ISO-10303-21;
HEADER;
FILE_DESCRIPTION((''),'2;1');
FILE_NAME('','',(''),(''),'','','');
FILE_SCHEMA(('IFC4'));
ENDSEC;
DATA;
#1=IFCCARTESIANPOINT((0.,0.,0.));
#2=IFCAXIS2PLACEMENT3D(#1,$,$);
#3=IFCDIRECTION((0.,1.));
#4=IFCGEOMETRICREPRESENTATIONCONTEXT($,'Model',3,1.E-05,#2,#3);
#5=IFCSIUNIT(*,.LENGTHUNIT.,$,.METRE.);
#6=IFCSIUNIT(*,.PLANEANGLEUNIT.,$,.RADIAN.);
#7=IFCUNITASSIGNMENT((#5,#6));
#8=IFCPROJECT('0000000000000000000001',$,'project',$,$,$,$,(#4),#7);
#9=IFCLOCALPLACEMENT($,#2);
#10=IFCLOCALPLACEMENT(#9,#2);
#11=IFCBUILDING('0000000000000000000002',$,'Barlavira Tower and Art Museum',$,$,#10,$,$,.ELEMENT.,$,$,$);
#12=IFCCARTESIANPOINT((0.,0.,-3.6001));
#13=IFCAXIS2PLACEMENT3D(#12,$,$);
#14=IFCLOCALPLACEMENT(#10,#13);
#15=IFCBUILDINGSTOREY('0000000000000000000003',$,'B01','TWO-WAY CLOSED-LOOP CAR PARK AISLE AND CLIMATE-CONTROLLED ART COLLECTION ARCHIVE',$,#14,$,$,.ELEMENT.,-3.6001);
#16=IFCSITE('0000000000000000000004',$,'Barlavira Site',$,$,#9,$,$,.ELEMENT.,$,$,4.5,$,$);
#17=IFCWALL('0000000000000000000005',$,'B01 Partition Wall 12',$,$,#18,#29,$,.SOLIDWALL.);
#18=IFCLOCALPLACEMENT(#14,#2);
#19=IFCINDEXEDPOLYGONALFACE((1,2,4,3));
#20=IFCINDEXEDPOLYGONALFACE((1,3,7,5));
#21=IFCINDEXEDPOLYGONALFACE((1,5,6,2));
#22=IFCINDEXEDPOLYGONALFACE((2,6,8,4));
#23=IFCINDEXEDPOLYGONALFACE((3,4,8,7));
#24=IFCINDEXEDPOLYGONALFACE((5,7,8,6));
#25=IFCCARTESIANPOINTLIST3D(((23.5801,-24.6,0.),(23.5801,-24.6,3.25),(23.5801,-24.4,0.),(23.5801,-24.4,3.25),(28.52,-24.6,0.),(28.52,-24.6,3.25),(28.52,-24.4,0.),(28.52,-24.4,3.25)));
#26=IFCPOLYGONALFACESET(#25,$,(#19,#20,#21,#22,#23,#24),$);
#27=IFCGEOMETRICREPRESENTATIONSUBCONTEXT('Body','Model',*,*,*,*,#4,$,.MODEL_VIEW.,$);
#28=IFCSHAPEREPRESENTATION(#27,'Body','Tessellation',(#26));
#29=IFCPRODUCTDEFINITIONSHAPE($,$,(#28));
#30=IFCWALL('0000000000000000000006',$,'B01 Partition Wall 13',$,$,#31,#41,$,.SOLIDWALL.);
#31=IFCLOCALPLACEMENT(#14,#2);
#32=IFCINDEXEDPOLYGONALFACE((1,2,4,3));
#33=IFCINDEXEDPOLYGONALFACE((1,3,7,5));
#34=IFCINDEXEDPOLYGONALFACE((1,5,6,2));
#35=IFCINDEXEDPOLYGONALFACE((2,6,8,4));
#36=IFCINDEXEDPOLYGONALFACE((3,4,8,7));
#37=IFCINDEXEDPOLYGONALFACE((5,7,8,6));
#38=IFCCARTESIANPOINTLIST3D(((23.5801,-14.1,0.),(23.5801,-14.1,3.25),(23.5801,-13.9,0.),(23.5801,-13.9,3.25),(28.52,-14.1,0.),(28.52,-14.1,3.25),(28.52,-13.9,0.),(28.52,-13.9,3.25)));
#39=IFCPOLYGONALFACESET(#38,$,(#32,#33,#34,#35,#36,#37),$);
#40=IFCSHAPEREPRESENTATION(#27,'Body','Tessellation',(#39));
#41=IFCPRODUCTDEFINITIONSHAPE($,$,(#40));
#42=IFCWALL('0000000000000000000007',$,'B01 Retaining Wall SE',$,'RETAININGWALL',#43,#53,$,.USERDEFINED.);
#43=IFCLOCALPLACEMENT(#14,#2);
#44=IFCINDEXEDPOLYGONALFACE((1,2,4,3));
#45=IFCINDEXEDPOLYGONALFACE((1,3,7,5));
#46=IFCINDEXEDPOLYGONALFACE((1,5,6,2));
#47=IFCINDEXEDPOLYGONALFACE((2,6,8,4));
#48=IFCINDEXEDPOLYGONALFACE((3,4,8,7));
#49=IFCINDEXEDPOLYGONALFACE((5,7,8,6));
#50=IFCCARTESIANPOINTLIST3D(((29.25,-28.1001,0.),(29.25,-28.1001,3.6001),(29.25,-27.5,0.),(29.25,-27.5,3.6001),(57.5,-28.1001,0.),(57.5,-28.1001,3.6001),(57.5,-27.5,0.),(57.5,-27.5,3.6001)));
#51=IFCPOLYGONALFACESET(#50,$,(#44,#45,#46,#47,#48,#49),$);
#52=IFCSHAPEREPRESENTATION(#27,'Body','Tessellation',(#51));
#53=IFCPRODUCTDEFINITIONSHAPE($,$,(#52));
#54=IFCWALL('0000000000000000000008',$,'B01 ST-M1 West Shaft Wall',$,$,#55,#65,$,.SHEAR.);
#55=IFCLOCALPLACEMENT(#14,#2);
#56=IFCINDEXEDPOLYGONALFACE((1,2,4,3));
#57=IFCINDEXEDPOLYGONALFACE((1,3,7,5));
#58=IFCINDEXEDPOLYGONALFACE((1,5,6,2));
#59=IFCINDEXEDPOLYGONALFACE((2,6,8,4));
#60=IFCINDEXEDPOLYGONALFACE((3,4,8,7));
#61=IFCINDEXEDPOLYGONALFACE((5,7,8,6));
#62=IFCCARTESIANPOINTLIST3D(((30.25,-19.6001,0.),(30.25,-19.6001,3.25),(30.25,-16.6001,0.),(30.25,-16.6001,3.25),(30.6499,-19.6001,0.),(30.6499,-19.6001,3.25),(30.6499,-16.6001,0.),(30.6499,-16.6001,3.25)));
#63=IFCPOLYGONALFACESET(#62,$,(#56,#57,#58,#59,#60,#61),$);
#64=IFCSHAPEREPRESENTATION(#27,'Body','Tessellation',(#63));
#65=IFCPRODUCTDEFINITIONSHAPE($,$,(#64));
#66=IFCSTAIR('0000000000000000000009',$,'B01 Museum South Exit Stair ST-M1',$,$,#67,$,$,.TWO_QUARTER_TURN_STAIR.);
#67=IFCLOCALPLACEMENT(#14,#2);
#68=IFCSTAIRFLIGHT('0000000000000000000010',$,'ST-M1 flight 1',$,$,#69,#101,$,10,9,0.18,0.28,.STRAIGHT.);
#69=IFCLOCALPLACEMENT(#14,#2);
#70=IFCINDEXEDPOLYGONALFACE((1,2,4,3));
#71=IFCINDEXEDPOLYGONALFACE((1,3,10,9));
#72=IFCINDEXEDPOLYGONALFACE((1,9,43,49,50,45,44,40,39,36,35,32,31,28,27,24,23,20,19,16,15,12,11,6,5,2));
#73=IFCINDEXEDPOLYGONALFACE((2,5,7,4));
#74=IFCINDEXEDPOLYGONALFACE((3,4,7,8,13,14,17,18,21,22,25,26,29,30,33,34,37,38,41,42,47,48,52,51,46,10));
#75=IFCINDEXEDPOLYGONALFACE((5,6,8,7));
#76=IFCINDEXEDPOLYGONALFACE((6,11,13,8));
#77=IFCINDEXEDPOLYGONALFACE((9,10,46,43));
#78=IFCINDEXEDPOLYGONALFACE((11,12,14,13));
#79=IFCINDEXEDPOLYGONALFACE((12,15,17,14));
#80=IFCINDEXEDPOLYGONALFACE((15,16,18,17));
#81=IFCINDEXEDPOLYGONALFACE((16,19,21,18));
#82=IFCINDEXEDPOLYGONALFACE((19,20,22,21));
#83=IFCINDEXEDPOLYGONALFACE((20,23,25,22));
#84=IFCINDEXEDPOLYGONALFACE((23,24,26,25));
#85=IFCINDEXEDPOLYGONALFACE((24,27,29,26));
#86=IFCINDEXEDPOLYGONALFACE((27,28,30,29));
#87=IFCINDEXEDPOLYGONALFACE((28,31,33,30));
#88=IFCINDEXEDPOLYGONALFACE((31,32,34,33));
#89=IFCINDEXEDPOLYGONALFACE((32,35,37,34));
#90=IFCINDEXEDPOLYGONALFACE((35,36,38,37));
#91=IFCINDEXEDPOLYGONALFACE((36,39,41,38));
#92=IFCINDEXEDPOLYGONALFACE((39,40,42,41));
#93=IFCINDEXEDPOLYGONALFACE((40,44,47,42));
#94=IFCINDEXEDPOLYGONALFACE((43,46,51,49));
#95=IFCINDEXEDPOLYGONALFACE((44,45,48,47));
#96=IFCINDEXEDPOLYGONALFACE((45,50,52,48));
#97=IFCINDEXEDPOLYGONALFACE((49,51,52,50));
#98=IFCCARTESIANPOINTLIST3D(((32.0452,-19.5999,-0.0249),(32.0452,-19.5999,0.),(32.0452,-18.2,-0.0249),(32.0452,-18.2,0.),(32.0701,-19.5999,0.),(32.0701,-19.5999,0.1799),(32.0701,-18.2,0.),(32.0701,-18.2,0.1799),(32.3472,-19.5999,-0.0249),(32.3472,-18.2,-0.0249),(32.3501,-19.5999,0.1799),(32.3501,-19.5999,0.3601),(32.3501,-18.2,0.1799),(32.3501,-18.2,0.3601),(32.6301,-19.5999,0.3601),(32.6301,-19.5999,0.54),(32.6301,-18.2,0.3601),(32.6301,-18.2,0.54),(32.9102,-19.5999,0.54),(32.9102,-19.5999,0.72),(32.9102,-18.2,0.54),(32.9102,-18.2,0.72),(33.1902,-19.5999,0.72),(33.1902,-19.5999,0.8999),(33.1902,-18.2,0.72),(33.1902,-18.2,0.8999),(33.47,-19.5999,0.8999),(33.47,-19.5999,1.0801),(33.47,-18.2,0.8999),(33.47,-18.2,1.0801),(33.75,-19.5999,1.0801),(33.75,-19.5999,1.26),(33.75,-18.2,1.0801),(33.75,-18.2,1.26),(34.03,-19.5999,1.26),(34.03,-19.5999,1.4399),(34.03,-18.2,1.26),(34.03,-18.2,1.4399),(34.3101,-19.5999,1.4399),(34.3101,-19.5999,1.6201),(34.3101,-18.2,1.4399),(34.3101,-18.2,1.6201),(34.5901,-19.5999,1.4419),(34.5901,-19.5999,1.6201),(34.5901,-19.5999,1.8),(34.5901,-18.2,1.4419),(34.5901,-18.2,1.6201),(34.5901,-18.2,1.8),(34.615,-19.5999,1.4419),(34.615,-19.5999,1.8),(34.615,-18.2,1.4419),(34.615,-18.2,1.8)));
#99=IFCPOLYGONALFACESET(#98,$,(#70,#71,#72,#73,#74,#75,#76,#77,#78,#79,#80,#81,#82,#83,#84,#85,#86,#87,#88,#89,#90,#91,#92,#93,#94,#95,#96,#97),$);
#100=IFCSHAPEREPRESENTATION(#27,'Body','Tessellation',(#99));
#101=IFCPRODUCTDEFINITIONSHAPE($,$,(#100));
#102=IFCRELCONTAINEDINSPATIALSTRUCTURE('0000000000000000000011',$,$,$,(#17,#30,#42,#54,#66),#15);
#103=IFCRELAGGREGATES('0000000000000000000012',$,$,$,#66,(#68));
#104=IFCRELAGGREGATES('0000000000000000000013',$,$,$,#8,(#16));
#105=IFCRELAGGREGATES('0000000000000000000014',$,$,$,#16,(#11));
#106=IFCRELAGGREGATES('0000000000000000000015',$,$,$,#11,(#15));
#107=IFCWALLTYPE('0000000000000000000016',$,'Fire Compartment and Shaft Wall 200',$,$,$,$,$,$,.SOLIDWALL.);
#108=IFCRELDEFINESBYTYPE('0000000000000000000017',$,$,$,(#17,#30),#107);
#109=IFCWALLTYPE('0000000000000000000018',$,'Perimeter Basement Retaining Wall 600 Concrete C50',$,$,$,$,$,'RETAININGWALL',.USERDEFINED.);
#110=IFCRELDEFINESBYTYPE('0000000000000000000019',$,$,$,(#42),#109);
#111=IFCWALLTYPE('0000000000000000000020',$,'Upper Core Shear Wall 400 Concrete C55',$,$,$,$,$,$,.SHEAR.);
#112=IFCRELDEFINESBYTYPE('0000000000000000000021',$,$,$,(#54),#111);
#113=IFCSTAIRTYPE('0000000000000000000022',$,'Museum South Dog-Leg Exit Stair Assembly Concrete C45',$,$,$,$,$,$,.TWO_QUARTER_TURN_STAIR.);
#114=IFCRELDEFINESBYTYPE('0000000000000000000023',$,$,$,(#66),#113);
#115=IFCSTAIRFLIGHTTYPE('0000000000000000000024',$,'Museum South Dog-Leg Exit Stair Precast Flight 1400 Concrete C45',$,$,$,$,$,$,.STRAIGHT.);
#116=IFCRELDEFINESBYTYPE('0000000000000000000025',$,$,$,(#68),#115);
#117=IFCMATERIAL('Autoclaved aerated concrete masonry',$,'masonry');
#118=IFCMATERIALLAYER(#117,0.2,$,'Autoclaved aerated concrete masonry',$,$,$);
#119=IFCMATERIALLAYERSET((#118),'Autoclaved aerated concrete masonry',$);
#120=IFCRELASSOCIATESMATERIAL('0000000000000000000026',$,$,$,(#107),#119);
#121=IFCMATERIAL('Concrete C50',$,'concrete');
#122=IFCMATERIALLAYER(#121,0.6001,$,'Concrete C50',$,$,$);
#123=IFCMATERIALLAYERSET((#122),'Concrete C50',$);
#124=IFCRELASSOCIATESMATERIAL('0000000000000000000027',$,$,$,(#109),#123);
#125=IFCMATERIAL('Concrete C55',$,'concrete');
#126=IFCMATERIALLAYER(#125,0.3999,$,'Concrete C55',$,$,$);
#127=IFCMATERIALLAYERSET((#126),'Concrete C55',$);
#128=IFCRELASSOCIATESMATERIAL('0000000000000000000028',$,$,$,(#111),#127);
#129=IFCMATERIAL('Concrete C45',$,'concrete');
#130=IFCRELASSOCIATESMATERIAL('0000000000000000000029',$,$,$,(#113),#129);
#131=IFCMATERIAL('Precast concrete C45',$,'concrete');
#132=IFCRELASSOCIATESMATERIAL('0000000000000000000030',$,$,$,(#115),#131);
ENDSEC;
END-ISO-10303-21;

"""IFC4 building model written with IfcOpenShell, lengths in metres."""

from ifc_helpers import new_model, si_unit, direction, frame, frame_2d, origin, place, context, subcontext, project, spatial, polyline, rectangle, outline, extrude, material, layer, layer_set, type_object, element, aggregate, save


model = new_model("IFC4")

# Units and contexts
model_context = context("Model", 3, precision=1e-05, world=origin(), true_north=direction((0.0, 1.0)))
body_context = subcontext(model_context, "Body", "Model", "MODEL_VIEW")
ifc_project = project(units=[si_unit("LENGTHUNIT", "METRE"), si_unit("PLANEANGLEUNIT", "RADIAN")], contexts=[model_context])

# Site, building, storey
site_placement = place(None, origin())
site = spatial("IfcSite", under=ifc_project, at=site_placement, Name="Barlavira Site", CompositionType="ELEMENT", RefElevation=4.5)
building_placement = place(site_placement, origin())
building = spatial("IfcBuilding", under=site, at=building_placement, Name="Barlavira Tower and Art Museum", CompositionType="ELEMENT")
storey_placement = place(building_placement, frame((0.0, 0.0, -3.6001)))
storey = spatial("IfcBuildingStorey", under=building, at=storey_placement, Name="B01", Description="TWO-WAY CLOSED-LOOP CAR PARK AISLE AND CLIMATE-CONTROLLED ART COLLECTION ARCHIVE", CompositionType="ELEMENT", Elevation=-3.6001)

# Shared definitions
ifc_material_1 = material(Name="Concrete C50", Category="concrete")

# Shared definitions
ifc_material_2 = material(Name="Autoclaved aerated concrete masonry", Category="masonry")
ifc_layer_1 = layer(ifc_material_2, 0.2, Name="Autoclaved aerated concrete masonry")
ifc_layer_set_1 = layer_set([ifc_layer_1], Name="Autoclaved aerated concrete masonry")
wall_type_1 = type_object("IfcWallType", Name="Fire Compartment and Shaft Wall 200", PredefinedType="SOLIDWALL", material=ifc_layer_set_1)

# Walls
for number, where, z_axis, x_axis, name in (
    (1, (23.5801, -24.5, 0.0), (0.0, 0.0, 1.0), (1.0, 0.0, 0.0), "B01 Partition Wall 12"),
    (2, (23.5801, -14.0, 0.0), (0.0, 0.0, 1.0), (1.0, 0.0, 0.0), "B01 Partition Wall 13"),
):
    element("IfcWall", number, at=place(storey_placement, frame(where, z_axis=z_axis, x_axis=x_axis)), inside=storey, type_object=wall_type_1, Name=name, PredefinedType="SOLIDWALL", context=body_context, shape_type="SweptSolid", body=[
        extrude(rectangle(XDim=4.9399, YDim=0.2, at=frame_2d((2.47, 0.0))), origin(), (0.0, 0.0, 1.0), 3.25),
    ])
ifc_layer_2 = layer(ifc_material_1, 0.6001, Name="Concrete C50")
ifc_layer_set_2 = layer_set([ifc_layer_2], Name="Concrete C50")
wall_type_2 = type_object("IfcWallType", Name="Perimeter Basement Retaining Wall 600 Concrete C50", ElementType="RETAININGWALL", PredefinedType="USERDEFINED", material=ifc_layer_set_2)
wall_1_placement = place(storey_placement, frame((29.25, -27.8, 0.0), z_axis=(0.0, 0.0, 1.0), x_axis=(1.0, 0.0, 0.0)))
element("IfcWall", 3, at=wall_1_placement, inside=storey, type_object=wall_type_2, Name="B01 Retaining Wall SE", ObjectType="RETAININGWALL", PredefinedType="USERDEFINED", context=body_context, shape_type="SweptSolid", body=[
    extrude(rectangle(XDim=28.25, YDim=0.6001, at=frame_2d((14.125, 0.0))), origin(), (0.0, 0.0, 1.0), 3.6001),
])
ifc_material_3 = material(Name="Concrete C55", Category="concrete")
ifc_layer_3 = layer(ifc_material_3, 0.3999, Name="Concrete C55")
ifc_layer_set_3 = layer_set([ifc_layer_3], Name="Concrete C55")
wall_type_3 = type_object("IfcWallType", Name="Upper Core Shear Wall 400 Concrete C55", PredefinedType="SHEAR", material=ifc_layer_set_3)
wall_2_placement = place(storey_placement, frame((30.45, -19.6001, 0.0), z_axis=(0.0, 0.0, 1.0), x_axis=(0.0, 1.0, 0.0)))
element("IfcWall", 4, at=wall_2_placement, inside=storey, type_object=wall_type_3, Name="B01 ST-M1 West Shaft Wall", PredefinedType="SHEAR", context=body_context, shape_type="SweptSolid", body=[
    extrude(rectangle(XDim=3.0, YDim=0.3999, at=frame_2d((1.5, 0.0))), origin(), (0.0, 0.0, 1.0), 3.25),
])

# Stair, stair flight
ifc_material_4 = material(Name="Concrete C45", Category="concrete")
stair_type = type_object("IfcStairType", Name="Museum South Dog-Leg Exit Stair Assembly Concrete C45", PredefinedType="TWO_QUARTER_TURN_STAIR", material=ifc_material_4)
stair_placement = place(storey_placement, origin())
stair = element("IfcStair", 5, at=stair_placement, inside=storey, type_object=stair_type, Name="B01 Museum South Exit Stair ST-M1", PredefinedType="TWO_QUARTER_TURN_STAIR")
ifc_material_5 = material(Name="Precast concrete C45", Category="concrete")
stair_flight_type = type_object("IfcStairFlightType", Name="Museum South Dog-Leg Exit Stair Precast Flight 1400 Concrete C45", PredefinedType="STRAIGHT", material=ifc_material_5)
stair_flight_placement = place(storey_placement, frame((32.0701, -18.8999, 0.0), z_axis=(0.0, 0.0, 1.0), x_axis=(1.0, 0.0, 0.0)))
stair_flight = element("IfcStairFlight", 6, at=stair_flight_placement, type_object=stair_flight_type, Name="ST-M1 flight 1", NumberOfRisers=10, NumberOfTreads=9, PredefinedType="STRAIGHT", RiserHeight=0.18, TreadLength=0.28, context=body_context, shape_type="SweptSolid", body=[
    extrude(outline(polyline([(-0.0249, 0.0), (0.0, 0.0), (0.0, 0.1799), (0.28, 0.1799), (0.28, 0.3601), (0.5601, 0.3601), (0.5601, 0.54), (0.8401, 0.54), (0.8401, 0.72), (1.1201, 0.72), (1.1201, 0.8999), (1.3999, 0.8999), (1.3999, 1.0801), (1.6799, 1.0801), (1.6799, 1.26), (1.96, 1.26), (1.96, 1.4399), (2.24, 1.4399), (2.24, 1.6201), (2.52, 1.6201), (2.52, 1.8), (2.5449, 1.8), (2.5449, 1.4419), (2.52, 1.4419), (0.2771, -0.0249), (-0.0249, -0.0249), (-0.0249, 0.0)])), frame((0.0, 0.7, 0.0), z_axis=(0.0, -1.0, 0.0), x_axis=(1.0, 0.0, 0.0)), (0.0, 0.0, 1.0), 1.3999),
])
aggregate(stair, [stair_flight])

save(model, "model.ifc")
